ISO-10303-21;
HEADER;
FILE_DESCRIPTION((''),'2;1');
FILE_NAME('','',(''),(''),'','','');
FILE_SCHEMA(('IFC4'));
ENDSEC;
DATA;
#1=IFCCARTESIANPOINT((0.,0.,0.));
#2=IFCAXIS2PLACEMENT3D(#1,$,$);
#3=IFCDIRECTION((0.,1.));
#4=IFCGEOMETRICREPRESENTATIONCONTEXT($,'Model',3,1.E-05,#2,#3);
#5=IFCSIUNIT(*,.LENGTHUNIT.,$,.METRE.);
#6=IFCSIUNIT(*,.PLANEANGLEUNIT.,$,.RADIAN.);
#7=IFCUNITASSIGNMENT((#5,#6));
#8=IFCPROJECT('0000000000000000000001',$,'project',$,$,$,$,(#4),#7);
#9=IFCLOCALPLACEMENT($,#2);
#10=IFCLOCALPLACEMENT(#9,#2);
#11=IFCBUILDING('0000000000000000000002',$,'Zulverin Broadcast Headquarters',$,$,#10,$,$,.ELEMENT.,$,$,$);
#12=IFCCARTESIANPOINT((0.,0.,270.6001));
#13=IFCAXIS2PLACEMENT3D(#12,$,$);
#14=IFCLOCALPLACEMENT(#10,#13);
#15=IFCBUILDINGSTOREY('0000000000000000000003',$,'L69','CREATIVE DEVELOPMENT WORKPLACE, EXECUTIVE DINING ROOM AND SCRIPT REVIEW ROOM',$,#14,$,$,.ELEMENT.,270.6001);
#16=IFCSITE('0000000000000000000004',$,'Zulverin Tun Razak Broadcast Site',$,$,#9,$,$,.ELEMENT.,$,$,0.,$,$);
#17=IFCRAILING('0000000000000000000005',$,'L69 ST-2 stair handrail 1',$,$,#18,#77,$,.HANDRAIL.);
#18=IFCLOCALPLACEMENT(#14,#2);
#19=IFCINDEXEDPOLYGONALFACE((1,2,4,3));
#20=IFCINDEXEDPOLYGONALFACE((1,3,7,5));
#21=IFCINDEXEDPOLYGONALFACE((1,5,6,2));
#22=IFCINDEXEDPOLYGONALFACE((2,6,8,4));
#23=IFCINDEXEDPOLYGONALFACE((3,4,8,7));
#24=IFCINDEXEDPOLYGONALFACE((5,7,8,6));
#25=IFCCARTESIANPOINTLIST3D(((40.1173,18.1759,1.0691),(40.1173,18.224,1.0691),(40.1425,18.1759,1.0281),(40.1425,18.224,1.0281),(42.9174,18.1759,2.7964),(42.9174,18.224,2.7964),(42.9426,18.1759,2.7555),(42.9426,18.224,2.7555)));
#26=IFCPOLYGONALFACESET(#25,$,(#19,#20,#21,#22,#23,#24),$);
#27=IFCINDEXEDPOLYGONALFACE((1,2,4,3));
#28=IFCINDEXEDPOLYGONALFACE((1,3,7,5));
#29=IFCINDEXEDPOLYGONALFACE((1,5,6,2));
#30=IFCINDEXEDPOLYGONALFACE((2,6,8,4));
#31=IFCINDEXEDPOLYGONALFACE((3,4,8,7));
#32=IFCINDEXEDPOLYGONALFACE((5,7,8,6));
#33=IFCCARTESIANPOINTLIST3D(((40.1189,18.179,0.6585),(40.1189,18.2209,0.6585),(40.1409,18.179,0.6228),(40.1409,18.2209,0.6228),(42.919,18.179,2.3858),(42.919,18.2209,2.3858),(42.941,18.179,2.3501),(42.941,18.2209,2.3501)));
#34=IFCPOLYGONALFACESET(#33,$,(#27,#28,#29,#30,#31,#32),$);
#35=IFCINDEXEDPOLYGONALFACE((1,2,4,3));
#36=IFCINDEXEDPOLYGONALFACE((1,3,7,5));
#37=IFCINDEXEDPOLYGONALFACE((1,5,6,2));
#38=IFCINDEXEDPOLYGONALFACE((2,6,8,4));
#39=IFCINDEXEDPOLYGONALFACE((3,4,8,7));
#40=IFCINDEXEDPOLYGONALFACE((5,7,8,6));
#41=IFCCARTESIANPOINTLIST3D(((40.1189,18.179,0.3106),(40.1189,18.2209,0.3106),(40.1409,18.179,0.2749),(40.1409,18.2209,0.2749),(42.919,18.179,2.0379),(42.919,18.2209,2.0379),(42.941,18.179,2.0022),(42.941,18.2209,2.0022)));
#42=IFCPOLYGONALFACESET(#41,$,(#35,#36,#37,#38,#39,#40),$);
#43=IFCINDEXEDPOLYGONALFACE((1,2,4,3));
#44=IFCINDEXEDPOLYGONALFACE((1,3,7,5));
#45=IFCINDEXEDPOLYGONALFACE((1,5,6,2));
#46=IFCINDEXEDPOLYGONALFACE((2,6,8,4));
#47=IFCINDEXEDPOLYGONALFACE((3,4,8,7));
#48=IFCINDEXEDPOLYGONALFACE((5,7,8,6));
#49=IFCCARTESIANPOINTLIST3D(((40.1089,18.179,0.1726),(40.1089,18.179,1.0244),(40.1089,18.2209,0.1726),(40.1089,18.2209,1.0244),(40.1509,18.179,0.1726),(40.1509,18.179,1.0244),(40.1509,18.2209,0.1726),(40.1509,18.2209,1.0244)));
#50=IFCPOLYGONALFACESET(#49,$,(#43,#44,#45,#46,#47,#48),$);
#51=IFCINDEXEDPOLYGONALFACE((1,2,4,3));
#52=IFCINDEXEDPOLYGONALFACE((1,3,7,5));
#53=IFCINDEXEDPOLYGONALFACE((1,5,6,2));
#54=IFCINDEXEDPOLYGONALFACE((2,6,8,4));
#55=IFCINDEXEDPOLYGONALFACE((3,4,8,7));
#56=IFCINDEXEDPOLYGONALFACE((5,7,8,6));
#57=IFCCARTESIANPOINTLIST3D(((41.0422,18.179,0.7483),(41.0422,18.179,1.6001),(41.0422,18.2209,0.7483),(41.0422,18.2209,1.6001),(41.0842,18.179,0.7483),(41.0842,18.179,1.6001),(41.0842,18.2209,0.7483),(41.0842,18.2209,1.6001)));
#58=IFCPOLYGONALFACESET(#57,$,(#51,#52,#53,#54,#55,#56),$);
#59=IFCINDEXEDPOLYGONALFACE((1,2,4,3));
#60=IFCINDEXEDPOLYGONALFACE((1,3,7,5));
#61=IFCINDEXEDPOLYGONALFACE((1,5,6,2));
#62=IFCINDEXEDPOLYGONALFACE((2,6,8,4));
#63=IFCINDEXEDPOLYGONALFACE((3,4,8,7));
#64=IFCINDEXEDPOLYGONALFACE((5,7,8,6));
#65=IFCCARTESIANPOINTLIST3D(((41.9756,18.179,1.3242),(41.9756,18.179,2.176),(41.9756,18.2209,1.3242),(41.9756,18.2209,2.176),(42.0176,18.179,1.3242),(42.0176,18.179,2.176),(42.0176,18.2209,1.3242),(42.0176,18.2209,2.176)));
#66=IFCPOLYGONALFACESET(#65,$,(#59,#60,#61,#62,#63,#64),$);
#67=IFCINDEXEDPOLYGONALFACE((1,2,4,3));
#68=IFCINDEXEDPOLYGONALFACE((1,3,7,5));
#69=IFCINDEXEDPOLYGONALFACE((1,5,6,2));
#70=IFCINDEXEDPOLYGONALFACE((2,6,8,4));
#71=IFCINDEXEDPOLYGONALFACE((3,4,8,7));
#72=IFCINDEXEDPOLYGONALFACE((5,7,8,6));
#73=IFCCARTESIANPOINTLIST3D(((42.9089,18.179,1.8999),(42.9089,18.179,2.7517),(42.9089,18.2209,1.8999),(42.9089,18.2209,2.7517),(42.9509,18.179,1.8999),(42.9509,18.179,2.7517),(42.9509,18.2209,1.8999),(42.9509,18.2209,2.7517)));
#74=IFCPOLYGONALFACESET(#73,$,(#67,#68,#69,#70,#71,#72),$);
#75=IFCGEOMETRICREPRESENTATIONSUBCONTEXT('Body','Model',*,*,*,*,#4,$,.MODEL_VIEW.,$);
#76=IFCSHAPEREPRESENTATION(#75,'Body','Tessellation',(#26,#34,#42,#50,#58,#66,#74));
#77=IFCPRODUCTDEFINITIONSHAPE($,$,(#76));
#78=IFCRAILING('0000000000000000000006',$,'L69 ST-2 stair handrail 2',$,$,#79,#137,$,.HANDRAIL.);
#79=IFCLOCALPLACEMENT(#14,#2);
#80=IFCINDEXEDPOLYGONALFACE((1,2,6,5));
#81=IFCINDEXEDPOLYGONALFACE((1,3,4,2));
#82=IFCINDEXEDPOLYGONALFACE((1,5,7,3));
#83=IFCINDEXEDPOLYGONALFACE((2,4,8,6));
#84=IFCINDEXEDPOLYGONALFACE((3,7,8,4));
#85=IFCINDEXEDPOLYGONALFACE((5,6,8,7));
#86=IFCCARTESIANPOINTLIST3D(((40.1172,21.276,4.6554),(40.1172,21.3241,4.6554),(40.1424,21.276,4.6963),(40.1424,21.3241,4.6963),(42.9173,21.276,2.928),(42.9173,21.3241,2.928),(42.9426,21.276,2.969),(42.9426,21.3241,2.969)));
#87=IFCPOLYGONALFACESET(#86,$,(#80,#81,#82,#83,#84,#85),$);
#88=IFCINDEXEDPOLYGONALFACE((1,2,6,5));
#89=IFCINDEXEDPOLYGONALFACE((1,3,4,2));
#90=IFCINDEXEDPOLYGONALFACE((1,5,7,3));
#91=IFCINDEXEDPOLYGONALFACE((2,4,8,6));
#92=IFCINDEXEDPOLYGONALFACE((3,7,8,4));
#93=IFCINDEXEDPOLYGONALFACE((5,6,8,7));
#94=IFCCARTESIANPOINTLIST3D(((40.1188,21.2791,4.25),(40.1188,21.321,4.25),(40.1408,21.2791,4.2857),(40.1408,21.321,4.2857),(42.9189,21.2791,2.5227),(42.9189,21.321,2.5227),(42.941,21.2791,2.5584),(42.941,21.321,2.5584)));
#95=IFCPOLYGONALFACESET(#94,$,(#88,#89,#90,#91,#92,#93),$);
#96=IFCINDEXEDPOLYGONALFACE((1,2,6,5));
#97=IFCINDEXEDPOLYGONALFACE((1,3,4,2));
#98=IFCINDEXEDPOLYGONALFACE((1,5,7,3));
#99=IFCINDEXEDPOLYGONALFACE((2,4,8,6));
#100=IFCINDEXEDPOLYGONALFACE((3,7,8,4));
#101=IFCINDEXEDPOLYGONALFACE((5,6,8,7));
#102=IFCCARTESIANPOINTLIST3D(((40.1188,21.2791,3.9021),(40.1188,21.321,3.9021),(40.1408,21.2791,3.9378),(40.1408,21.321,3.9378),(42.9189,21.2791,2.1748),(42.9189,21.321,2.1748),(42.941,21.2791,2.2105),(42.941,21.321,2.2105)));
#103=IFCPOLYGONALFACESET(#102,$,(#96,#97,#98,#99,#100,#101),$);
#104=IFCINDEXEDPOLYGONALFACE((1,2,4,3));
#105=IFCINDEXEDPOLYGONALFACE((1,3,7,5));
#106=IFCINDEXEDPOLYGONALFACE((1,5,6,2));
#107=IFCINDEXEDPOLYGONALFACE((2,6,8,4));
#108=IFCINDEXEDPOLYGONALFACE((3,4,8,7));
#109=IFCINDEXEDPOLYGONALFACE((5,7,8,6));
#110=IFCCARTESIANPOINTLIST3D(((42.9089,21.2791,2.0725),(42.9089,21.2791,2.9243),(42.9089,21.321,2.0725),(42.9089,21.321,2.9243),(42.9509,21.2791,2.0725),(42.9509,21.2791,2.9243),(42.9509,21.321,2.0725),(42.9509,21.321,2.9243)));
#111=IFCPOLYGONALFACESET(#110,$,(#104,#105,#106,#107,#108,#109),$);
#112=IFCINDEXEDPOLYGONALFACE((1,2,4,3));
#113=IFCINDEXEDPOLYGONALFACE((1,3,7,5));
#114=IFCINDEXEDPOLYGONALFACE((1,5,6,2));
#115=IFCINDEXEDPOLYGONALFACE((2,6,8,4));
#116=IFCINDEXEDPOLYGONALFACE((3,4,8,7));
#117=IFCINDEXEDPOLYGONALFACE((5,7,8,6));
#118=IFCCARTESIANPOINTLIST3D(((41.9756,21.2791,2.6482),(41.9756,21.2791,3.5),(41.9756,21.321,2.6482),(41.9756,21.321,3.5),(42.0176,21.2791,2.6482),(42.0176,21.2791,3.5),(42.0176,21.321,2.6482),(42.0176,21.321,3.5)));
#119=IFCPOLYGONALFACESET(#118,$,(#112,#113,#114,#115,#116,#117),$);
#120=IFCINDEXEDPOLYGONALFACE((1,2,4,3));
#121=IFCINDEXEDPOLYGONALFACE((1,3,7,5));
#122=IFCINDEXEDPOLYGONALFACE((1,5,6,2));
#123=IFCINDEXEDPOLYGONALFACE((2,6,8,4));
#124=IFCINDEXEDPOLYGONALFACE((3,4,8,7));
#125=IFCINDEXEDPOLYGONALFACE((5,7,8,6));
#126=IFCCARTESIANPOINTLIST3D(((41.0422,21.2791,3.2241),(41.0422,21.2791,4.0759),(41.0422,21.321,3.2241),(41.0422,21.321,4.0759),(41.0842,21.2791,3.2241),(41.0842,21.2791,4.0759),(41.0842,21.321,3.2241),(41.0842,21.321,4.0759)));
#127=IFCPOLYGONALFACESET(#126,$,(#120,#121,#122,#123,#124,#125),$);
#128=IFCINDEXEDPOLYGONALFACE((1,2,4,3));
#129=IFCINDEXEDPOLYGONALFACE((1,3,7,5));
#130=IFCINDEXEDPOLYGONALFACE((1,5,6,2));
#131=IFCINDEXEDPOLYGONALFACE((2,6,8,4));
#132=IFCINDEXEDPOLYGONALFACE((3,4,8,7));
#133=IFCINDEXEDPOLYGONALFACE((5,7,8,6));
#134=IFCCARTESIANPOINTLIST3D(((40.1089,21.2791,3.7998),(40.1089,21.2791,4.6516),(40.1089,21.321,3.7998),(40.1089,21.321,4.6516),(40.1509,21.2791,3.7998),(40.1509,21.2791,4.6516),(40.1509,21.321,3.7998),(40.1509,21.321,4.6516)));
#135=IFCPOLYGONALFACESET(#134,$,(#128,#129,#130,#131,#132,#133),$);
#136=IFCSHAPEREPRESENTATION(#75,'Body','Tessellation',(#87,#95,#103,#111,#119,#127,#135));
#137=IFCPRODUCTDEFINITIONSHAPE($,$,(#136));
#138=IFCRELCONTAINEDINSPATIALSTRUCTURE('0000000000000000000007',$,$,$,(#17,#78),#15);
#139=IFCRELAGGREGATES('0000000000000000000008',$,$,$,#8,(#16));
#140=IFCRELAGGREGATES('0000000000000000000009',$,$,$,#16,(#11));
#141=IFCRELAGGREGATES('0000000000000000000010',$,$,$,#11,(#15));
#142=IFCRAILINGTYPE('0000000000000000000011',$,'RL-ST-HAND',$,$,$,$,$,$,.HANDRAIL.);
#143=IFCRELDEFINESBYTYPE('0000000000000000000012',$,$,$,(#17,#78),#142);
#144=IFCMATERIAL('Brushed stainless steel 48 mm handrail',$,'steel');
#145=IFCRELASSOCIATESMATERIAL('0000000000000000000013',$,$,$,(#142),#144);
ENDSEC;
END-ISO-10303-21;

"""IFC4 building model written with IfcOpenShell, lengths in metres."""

from ifc_helpers import new_model, si_unit, direction, frame, origin, origin_2d, place, context, subcontext, project, spatial, rectangle, extrude, material, type_object, element, save


model = new_model("IFC4")

# Units and contexts
model_context = context("Model", 3, precision=1e-05, world=origin(), true_north=direction((0.0, 1.0)))
body_context = subcontext(model_context, "Body", "Model", "MODEL_VIEW")
ifc_project = project(units=[si_unit("LENGTHUNIT", "METRE"), si_unit("PLANEANGLEUNIT", "RADIAN")], contexts=[model_context])

# Site, building, storey
site_placement = place(None, origin())
site = spatial("IfcSite", under=ifc_project, at=site_placement, Name="Zulverin Tun Razak Broadcast Site", CompositionType="ELEMENT", RefElevation=0.0)
building_placement = place(site_placement, origin())
building = spatial("IfcBuilding", under=site, at=building_placement, Name="Zulverin Broadcast Headquarters", CompositionType="ELEMENT")
storey_placement = place(building_placement, frame((0.0, 0.0, 270.6001)))
storey = spatial("IfcBuildingStorey", under=building, at=storey_placement, Name="L69", Description="CREATIVE DEVELOPMENT WORKPLACE, EXECUTIVE DINING ROOM AND SCRIPT REVIEW ROOM", CompositionType="ELEMENT", Elevation=270.6001)

# Railings
ifc_material_1 = material(Name="Brushed stainless steel 48 mm handrail", Category="steel")
railing_type_1 = type_object("IfcRailingType", Name="RL-ST-HAND", PredefinedType="HANDRAIL", material=ifc_material_1)
railing_1_placement = place(storey_placement, frame((40.1299, 18.2, 0.1726)))
element("IfcRailing", 1, at=railing_1_placement, inside=storey, type_object=railing_type_1, Name="L69 ST-2 stair handrail 1", PredefinedType="HANDRAIL", context=body_context, shape_type="SweptSolid", body=[
    extrude(rectangle(XDim=0.0481, YDim=0.0481, at=origin_2d()), frame((0.0, 0.0, 0.876), z_axis=(0.85109, 0.0, 0.52502), x_axis=(0.0, 1.0, 0.0)), (0.0, 0.0, 1.0), 3.29),
    extrude(rectangle(XDim=0.042, YDim=0.042, at=origin_2d()), frame((0.0, 0.0, 0.468), z_axis=(0.85109, 0.0, 0.52502), x_axis=(0.0, 1.0, 0.0)), (0.0, 0.0, 1.0), 3.29),
    extrude(rectangle(XDim=0.042, YDim=0.042, at=origin_2d()), frame((0.0, 0.0, 0.1201), z_axis=(0.85109, 0.0, 0.52502), x_axis=(0.0, 1.0, 0.0)), (0.0, 0.0, 1.0), 3.29),
    extrude(rectangle(XDim=0.042, YDim=0.042, at=origin_2d()), origin(), (0.0, 0.0, 1.0), 0.8518),
    extrude(rectangle(XDim=0.042, YDim=0.042, at=origin_2d()), frame((0.9333, 0.0, 0.5757)), (0.0, 0.0, 1.0), 0.8518),
    extrude(rectangle(XDim=0.042, YDim=0.042, at=origin_2d()), frame((1.8667, 0.0, 1.1516)), (0.0, 0.0, 1.0), 0.8518),
    extrude(rectangle(XDim=0.042, YDim=0.042, at=origin_2d()), frame((2.8, 0.0, 1.7273)), (0.0, 0.0, 1.0), 0.8518),
])
railing_2_placement = place(storey_placement, frame((42.9299, 21.3, 2.0725)))
element("IfcRailing", 2, at=railing_2_placement, inside=storey, type_object=railing_type_1, Name="L69 ST-2 stair handrail 2", PredefinedType="HANDRAIL", context=body_context, shape_type="SweptSolid", body=[
    extrude(rectangle(XDim=0.0481, YDim=0.0481, at=origin_2d()), frame((0.0, 0.0, 0.876), z_axis=(-0.85109, 0.0, 0.52502), x_axis=(0.0, -1.0, 0.0)), (0.0, 0.0, 1.0), 3.29),
    extrude(rectangle(XDim=0.042, YDim=0.042, at=origin_2d()), frame((0.0, 0.0, 0.468), z_axis=(-0.85109, 0.0, 0.52502), x_axis=(0.0, -1.0, 0.0)), (0.0, 0.0, 1.0), 3.29),
    extrude(rectangle(XDim=0.042, YDim=0.042, at=origin_2d()), frame((0.0, 0.0, 0.1201), z_axis=(-0.85109, 0.0, 0.52502), x_axis=(0.0, -1.0, 0.0)), (0.0, 0.0, 1.0), 3.29),
    extrude(rectangle(XDim=0.042, YDim=0.042, at=origin_2d()), origin(), (0.0, 0.0, 1.0), 0.8518),
    extrude(rectangle(XDim=0.042, YDim=0.042, at=origin_2d()), frame((-0.9333, 0.0, 0.5757)), (0.0, 0.0, 1.0), 0.8518),
    extrude(rectangle(XDim=0.042, YDim=0.042, at=origin_2d()), frame((-1.8667, 0.0, 1.1516)), (0.0, 0.0, 1.0), 0.8518),
    extrude(rectangle(XDim=0.042, YDim=0.042, at=origin_2d()), frame((-2.8, 0.0, 1.7273)), (0.0, 0.0, 1.0), 0.8518),
])

save(model, "model.ifc")
